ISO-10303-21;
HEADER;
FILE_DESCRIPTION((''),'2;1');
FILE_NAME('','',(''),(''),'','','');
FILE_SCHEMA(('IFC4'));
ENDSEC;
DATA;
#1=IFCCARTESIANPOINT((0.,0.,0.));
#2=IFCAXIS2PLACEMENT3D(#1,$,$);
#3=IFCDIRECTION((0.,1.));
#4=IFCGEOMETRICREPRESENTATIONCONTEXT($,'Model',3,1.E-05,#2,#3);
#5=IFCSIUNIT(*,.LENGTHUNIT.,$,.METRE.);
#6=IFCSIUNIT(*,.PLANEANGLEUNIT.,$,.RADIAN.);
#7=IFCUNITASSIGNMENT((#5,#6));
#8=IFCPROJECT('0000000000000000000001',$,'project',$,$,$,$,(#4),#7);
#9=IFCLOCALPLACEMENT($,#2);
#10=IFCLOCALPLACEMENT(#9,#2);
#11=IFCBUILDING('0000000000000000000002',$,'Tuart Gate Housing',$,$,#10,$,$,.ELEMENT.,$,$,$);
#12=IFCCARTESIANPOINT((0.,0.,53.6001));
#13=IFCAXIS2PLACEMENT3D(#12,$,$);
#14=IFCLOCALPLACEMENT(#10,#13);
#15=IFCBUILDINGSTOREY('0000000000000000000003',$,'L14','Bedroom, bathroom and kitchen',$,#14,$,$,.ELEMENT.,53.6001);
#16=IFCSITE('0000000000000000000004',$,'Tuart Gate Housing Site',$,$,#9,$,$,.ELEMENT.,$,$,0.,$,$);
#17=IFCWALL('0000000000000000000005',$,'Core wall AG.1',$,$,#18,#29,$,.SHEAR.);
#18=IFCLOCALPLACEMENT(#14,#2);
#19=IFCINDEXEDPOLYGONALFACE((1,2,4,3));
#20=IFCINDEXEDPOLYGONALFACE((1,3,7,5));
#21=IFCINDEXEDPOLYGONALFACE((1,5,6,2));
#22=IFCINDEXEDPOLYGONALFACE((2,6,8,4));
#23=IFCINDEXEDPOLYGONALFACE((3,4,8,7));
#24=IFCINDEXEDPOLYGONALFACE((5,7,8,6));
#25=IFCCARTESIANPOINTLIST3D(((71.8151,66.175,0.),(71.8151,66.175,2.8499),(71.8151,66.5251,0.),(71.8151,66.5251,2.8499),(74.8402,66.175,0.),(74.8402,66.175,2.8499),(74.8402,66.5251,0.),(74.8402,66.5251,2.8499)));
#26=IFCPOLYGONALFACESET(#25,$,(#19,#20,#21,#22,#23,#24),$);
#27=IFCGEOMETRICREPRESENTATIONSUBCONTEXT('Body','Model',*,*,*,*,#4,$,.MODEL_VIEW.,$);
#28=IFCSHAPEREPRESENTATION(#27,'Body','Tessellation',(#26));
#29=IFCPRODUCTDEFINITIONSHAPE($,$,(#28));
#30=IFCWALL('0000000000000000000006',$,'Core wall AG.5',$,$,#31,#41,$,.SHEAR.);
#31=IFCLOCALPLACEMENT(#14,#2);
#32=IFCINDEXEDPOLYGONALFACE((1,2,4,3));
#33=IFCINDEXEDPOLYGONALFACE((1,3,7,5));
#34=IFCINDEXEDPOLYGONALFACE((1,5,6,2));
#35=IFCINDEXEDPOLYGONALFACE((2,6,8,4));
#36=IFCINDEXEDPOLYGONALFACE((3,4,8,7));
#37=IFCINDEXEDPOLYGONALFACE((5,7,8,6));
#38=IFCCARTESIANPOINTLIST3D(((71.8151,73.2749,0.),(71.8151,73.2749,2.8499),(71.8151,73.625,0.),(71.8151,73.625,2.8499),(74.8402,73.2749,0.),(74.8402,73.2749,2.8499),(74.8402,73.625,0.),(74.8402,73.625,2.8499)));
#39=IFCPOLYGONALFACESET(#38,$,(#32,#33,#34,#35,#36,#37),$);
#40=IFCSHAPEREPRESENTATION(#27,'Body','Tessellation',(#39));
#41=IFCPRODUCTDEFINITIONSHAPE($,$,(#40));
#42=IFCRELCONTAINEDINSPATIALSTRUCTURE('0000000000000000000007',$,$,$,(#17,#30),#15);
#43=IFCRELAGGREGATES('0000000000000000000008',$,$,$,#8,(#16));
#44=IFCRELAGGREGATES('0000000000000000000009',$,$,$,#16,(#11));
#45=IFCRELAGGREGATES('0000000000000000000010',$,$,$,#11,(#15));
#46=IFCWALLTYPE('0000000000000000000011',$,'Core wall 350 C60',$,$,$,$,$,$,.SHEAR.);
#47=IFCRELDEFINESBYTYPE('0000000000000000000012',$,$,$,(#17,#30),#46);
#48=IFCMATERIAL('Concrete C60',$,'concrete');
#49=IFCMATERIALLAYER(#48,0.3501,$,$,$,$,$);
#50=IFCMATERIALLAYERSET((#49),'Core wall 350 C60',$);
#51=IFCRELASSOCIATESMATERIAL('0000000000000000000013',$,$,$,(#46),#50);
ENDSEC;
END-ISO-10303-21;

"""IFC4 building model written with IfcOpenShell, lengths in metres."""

from ifc_helpers import new_model, si_unit, direction, frame, frame_2d, origin, place, context, subcontext, project, spatial, rectangle, extrude, material, layer, layer_set, type_object, element, save


model = new_model("IFC4")

# Units and contexts
model_context = context("Model", 3, precision=1e-05, world=origin(), true_north=direction((0.0, 1.0)))
body_context = subcontext(model_context, "Body", "Model", "MODEL_VIEW")
ifc_project = project(units=[si_unit("LENGTHUNIT", "METRE"), si_unit("PLANEANGLEUNIT", "RADIAN")], contexts=[model_context])

# Site, building, storey
site_placement = place(None, origin())
site = spatial("IfcSite", under=ifc_project, at=site_placement, Name="Tuart Gate Housing Site", CompositionType="ELEMENT", RefElevation=0.0)
building_placement = place(site_placement, origin())
building = spatial("IfcBuilding", under=site, at=building_placement, Name="Tuart Gate Housing", CompositionType="ELEMENT")
storey_placement = place(building_placement, frame((0.0, 0.0, 53.6001)))
storey = spatial("IfcBuildingStorey", under=building, at=storey_placement, Name="L14", Description="Bedroom, bathroom and kitchen", CompositionType="ELEMENT", Elevation=53.6001)

# Walls
ifc_material_1 = material(Name="Concrete C60", Category="concrete")
ifc_layer_1 = layer(ifc_material_1, 0.3501)
ifc_layer_set_1 = layer_set([ifc_layer_1], Name="Core wall 350 C60")
wall_type_1 = type_object("IfcWallType", Name="Core wall 350 C60", PredefinedType="SHEAR", material=ifc_layer_set_1)
for number, where, z_axis, x_axis, name in (
    (1, (71.8149, 66.3501, 0.0), (0.0, 0.0, 1.0), (1.0, 0.0, 0.0), "Core wall AG.1"),
    (2, (71.8149, 73.45, 0.0), (0.0, 0.0, 1.0), (1.0, 0.0, 0.0), "Core wall AG.5"),
):
    element("IfcWall", number, at=place(storey_placement, frame(where, z_axis=z_axis, x_axis=x_axis)), inside=storey, type_object=wall_type_1, Name=name, PredefinedType="SHEAR", context=body_context, shape_type="SweptSolid", body=[
        extrude(rectangle(XDim=3.0251, YDim=0.3501, at=frame_2d((1.5127, 0.0))), origin(), (0.0, 0.0, 1.0), 2.8499),
    ])

save(model, "model.ifc")
